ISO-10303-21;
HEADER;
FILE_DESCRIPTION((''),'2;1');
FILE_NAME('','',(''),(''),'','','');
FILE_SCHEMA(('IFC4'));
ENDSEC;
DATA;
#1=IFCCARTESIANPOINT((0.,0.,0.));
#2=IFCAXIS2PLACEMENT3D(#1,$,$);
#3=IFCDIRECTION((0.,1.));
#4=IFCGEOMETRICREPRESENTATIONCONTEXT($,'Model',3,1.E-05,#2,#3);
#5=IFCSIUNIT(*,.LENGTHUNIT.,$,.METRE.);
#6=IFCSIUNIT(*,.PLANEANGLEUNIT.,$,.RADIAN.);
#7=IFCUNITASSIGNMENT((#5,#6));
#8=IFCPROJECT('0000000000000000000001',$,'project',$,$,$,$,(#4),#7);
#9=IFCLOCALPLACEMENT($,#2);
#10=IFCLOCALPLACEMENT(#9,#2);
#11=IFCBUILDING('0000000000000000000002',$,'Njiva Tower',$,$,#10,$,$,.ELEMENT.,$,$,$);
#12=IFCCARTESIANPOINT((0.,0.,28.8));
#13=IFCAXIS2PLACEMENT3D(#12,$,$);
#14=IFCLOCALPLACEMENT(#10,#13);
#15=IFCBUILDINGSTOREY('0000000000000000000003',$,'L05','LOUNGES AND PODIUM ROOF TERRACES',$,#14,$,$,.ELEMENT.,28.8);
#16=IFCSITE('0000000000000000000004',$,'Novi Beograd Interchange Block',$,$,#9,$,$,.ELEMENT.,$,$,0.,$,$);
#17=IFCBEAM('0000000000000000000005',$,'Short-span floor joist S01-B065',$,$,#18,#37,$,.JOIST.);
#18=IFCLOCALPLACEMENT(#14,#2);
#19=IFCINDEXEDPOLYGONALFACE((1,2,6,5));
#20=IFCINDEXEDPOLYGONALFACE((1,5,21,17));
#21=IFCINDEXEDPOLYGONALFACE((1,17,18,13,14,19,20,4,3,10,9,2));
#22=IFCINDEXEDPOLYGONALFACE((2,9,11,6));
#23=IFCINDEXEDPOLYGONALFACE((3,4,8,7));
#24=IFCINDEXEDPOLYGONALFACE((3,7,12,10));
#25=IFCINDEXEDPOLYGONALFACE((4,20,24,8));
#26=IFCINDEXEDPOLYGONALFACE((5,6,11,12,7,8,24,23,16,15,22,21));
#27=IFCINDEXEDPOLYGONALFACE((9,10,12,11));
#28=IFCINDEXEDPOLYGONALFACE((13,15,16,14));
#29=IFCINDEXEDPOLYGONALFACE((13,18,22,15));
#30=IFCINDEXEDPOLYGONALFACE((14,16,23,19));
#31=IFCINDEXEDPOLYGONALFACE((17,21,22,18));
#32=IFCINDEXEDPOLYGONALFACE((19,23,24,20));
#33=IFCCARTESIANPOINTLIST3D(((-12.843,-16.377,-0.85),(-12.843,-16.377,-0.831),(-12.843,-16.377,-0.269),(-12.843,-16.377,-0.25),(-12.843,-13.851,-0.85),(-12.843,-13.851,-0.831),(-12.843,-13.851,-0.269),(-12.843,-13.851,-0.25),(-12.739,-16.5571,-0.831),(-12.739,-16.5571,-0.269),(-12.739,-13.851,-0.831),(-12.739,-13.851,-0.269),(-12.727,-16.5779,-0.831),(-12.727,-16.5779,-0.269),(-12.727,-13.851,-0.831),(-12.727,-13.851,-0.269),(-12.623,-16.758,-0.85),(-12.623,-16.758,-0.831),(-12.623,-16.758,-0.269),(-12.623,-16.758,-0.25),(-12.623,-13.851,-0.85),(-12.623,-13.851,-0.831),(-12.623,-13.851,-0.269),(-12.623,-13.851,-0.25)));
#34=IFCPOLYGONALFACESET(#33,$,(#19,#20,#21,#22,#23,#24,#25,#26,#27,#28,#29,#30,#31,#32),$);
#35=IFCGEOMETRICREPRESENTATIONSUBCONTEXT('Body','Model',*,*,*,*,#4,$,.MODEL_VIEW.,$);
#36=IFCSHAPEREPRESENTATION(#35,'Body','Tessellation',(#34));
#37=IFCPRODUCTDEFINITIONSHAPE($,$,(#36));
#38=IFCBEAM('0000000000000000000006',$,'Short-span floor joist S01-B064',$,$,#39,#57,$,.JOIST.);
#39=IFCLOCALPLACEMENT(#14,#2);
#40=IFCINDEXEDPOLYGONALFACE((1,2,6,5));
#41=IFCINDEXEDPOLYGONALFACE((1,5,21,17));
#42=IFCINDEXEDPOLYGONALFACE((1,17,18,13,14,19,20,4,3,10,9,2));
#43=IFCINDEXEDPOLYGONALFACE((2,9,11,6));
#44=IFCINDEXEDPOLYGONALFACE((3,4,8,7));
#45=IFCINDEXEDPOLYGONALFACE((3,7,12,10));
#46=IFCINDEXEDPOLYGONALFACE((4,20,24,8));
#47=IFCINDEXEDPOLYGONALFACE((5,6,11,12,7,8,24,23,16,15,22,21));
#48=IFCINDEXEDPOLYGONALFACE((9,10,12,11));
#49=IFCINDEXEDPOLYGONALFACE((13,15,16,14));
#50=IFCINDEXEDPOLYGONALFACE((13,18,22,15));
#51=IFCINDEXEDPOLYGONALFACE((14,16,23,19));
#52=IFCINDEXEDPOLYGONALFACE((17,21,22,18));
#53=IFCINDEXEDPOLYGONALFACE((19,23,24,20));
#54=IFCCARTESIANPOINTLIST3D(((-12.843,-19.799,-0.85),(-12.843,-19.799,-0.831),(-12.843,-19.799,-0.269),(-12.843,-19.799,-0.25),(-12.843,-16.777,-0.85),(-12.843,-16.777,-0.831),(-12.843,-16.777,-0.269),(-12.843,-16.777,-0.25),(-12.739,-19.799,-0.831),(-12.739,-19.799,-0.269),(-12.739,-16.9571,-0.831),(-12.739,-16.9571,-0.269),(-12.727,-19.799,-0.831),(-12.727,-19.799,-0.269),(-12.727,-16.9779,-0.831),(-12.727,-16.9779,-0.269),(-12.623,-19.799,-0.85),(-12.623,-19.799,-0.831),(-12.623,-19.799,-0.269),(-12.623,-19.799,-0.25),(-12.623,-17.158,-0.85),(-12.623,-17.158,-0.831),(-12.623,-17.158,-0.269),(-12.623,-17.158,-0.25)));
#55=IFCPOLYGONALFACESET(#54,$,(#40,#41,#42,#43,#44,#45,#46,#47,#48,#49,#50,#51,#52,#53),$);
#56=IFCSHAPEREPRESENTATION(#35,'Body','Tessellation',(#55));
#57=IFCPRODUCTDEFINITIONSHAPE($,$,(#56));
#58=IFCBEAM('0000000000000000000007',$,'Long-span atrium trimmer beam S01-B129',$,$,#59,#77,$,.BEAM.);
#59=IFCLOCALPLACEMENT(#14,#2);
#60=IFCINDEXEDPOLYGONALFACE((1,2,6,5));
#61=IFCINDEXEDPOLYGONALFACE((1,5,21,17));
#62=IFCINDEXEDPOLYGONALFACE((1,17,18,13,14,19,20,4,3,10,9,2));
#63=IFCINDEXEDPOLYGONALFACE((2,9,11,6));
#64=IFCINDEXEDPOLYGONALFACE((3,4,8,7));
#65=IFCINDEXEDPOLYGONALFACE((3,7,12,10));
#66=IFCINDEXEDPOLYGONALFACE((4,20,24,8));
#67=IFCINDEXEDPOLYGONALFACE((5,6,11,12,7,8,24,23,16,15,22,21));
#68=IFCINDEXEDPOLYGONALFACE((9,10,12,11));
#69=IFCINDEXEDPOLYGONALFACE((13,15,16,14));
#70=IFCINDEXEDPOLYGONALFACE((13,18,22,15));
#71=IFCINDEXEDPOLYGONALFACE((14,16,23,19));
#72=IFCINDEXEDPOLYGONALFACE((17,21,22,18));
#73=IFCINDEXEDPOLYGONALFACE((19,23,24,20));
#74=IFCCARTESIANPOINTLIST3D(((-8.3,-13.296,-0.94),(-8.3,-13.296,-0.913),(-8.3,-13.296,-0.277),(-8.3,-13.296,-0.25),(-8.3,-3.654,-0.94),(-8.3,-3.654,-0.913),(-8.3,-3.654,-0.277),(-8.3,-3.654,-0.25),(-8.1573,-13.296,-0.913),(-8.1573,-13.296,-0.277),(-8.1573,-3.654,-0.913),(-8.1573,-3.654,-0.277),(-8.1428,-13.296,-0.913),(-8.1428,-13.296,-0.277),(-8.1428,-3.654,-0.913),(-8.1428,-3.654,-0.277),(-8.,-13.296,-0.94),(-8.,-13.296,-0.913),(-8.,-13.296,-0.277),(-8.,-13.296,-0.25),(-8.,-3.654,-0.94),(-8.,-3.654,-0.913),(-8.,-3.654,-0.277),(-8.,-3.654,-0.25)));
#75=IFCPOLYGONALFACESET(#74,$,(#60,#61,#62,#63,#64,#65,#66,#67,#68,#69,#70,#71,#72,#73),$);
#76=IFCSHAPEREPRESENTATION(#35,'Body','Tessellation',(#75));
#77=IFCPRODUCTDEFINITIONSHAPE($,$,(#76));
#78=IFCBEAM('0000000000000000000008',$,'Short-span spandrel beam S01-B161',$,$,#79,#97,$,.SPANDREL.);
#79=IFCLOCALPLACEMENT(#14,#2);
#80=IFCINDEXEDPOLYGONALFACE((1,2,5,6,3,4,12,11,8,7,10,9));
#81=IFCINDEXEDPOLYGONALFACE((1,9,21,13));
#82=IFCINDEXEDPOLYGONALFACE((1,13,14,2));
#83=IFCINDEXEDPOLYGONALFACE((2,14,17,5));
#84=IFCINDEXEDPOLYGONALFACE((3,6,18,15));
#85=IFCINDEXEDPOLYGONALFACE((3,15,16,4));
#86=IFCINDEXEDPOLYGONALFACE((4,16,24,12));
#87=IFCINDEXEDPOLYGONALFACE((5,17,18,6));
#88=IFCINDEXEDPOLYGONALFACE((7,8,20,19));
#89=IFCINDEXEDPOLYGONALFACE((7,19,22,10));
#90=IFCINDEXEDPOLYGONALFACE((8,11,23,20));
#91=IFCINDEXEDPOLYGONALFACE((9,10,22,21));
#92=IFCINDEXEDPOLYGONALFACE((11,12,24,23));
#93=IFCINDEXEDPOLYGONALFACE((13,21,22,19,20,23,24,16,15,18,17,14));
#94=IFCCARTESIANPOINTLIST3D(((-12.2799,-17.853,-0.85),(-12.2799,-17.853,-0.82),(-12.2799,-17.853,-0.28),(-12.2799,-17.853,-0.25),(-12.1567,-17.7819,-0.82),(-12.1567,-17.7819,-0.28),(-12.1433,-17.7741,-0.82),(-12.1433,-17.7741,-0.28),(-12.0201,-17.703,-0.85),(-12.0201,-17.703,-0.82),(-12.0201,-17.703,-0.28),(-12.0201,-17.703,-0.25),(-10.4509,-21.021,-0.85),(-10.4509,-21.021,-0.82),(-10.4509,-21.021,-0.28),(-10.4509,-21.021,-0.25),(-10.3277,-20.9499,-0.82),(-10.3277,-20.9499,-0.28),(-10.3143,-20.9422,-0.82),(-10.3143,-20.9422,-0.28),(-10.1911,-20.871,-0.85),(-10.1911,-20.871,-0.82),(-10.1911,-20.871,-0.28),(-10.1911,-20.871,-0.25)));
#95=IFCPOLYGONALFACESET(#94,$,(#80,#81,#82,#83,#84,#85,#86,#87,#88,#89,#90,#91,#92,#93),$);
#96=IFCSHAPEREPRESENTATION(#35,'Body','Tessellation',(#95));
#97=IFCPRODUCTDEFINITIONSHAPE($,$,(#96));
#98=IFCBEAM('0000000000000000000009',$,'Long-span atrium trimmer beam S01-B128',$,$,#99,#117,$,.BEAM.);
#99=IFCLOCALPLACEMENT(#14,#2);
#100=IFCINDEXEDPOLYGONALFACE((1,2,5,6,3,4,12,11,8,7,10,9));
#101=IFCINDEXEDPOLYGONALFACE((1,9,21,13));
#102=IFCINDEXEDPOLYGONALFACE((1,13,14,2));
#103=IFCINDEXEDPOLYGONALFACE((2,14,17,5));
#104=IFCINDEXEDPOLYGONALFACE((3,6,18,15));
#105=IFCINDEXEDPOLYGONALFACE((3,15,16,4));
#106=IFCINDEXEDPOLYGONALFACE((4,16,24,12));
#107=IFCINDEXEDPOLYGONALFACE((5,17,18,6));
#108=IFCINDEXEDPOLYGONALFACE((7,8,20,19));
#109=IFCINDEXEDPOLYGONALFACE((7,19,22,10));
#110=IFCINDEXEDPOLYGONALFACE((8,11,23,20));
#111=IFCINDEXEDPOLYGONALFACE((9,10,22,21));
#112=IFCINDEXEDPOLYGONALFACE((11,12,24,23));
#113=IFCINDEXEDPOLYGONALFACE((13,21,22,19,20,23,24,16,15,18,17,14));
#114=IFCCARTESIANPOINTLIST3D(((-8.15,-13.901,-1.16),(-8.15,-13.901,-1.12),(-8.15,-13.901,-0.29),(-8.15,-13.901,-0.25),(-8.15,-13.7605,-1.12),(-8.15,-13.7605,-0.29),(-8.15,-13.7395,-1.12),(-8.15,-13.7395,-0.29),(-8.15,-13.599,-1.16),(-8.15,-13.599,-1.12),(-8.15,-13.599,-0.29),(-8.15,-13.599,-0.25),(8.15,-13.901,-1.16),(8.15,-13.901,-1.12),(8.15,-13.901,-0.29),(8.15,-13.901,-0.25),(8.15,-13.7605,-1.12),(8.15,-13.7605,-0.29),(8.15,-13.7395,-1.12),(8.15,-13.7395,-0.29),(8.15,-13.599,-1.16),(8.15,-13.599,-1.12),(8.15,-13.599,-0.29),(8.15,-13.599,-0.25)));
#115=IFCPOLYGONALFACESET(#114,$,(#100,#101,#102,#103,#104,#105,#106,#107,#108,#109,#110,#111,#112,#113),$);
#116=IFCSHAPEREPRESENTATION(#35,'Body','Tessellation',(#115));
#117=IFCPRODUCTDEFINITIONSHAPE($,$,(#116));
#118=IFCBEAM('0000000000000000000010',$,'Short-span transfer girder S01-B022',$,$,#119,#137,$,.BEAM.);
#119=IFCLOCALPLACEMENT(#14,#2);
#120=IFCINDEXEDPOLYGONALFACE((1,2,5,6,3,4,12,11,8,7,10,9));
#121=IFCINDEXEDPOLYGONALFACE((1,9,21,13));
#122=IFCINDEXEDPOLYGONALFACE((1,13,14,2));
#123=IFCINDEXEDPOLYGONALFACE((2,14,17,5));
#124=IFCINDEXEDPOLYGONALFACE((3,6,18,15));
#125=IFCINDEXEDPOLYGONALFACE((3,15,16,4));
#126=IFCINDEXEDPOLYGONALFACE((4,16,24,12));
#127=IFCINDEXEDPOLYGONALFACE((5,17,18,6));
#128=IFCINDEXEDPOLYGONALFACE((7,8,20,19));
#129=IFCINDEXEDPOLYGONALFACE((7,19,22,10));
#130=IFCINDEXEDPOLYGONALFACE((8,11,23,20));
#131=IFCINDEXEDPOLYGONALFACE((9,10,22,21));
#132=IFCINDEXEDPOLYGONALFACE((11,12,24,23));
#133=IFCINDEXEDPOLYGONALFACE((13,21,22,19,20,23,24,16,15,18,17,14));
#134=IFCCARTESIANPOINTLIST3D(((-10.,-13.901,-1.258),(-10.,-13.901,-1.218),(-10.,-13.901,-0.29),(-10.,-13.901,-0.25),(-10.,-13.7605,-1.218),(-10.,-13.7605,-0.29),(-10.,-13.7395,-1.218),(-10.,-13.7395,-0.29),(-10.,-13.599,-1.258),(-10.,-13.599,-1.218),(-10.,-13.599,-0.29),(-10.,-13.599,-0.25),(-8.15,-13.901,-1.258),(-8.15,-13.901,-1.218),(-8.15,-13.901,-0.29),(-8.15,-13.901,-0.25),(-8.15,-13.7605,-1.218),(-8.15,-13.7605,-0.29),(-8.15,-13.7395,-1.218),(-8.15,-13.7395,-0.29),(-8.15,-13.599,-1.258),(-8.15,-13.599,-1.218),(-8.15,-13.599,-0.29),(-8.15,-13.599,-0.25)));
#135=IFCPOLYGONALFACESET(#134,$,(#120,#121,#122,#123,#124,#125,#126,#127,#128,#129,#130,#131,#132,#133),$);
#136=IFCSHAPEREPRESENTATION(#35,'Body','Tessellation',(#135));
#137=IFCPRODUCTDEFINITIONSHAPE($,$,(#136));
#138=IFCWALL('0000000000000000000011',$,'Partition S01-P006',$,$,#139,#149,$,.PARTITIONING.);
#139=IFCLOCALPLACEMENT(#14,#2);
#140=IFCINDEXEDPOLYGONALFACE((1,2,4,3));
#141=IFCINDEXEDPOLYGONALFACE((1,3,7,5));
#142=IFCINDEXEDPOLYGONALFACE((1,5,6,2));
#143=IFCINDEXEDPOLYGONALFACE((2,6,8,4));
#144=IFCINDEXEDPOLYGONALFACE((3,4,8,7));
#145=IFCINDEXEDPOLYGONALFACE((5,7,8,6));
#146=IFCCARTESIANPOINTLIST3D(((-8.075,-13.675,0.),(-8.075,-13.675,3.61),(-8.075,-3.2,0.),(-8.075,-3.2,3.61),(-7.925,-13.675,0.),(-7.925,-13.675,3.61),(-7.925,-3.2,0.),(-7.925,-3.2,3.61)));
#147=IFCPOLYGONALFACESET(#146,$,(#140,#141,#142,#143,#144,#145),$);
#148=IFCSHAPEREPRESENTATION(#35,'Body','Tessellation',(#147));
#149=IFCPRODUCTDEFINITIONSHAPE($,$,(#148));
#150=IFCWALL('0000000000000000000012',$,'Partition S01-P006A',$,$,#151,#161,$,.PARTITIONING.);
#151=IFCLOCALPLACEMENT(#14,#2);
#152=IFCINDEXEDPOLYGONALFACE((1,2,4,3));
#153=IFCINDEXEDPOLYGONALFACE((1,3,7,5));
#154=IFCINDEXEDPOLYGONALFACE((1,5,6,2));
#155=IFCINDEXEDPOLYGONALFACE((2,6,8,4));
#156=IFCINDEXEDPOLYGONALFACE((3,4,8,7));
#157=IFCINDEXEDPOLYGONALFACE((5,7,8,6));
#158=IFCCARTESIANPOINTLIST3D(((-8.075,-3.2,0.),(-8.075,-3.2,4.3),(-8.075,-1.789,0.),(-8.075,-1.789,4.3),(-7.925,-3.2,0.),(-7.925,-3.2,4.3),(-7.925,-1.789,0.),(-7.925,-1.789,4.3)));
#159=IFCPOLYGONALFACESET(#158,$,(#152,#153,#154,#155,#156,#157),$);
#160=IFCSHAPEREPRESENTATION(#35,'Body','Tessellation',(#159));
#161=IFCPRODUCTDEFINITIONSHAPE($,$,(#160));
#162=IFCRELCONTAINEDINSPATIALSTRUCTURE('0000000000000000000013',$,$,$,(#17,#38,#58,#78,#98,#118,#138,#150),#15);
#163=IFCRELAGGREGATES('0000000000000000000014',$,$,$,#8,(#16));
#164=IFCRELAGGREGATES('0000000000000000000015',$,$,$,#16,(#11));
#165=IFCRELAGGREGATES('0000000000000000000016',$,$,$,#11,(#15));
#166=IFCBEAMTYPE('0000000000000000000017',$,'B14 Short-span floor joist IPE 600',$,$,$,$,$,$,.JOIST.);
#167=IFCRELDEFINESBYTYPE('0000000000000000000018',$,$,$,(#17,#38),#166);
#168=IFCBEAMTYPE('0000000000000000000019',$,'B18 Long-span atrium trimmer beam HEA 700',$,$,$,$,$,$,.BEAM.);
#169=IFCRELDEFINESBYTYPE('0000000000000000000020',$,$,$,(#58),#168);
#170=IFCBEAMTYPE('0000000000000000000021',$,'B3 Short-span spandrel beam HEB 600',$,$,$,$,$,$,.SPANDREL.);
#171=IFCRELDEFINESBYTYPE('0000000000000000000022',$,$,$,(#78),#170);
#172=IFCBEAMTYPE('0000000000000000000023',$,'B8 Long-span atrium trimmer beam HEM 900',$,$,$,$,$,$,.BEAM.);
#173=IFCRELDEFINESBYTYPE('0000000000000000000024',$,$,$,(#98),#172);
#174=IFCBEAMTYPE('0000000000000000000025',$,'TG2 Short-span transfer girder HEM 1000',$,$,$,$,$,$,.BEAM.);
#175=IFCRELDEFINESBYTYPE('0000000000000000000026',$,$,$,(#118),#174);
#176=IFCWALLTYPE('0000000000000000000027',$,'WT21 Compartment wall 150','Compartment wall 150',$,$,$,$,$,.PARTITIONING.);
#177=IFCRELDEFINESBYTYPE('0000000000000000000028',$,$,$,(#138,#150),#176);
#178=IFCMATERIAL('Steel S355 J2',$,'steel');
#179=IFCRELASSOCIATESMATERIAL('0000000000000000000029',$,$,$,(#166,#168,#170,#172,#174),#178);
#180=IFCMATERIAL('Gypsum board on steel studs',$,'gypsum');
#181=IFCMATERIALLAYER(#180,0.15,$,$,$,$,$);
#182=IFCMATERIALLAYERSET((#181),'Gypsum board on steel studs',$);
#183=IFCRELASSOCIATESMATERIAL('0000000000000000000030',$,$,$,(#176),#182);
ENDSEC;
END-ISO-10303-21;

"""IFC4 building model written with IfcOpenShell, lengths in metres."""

from ifc_helpers import new_model, si_unit, direction, frame, frame_2d, origin, origin_2d, place, context, subcontext, project, spatial, rectangle, i_section, extrude, clip, halfspace, material, layer, layer_set, material_profile, profile_set, type_object, element, save


model = new_model("IFC4")

# Units and contexts
model_context = context("Model", 3, precision=1e-05, world=origin(), true_north=direction((0.0, 1.0)))
body_context = subcontext(model_context, "Body", "Model", "MODEL_VIEW")
ifc_project = project(units=[si_unit("LENGTHUNIT", "METRE"), si_unit("PLANEANGLEUNIT", "RADIAN")], contexts=[model_context])

# Site, building, storey
site_placement = place(None, origin())
site = spatial("IfcSite", under=ifc_project, at=site_placement, Name="Novi Beograd Interchange Block", CompositionType="ELEMENT", RefElevation=0.0)
building_placement = place(site_placement, origin())
building = spatial("IfcBuilding", under=site, at=building_placement, Name="Njiva Tower", CompositionType="ELEMENT")
storey_placement = place(building_placement, frame((0.0, 0.0, 28.8)))
storey = spatial("IfcBuildingStorey", under=building, at=storey_placement, Name="L05", Description="LOUNGES AND PODIUM ROOF TERRACES", CompositionType="ELEMENT", Elevation=28.8)

# Shared definitions
ifc_material_1 = material(Name="Steel S355 J2", Category="steel")

# Beams
ifc_material_profile_1 = material_profile(ifc_material_1, i_section(OverallWidth=0.22, OverallDepth=0.6, WebThickness=0.012, FlangeThickness=0.019, at=origin_2d()), Name="IPE 600")
ifc_profile_set_1 = profile_set([ifc_material_profile_1], Name="Steel S355 J2")
beam_type_1 = type_object("IfcBeamType", Name="B14 Short-span floor joist IPE 600", PredefinedType="JOIST", material=ifc_profile_set_1)
beam_1_placement = place(storey_placement, frame((-12.733, -13.851, -0.55), z_axis=(0.0, -1.0, 0.0), x_axis=(1.0, 0.0, 0.0)))
element("IfcBeam", 1, at=beam_1_placement, inside=storey, type_object=beam_type_1, Name="Short-span floor joist S01-B065", PredefinedType="JOIST", context=body_context, shape_type="Clipping", body=[
    clip(extrude(i_section(OverallWidth=0.22, OverallDepth=0.6, WebThickness=0.012, FlangeThickness=0.019, at=origin_2d()), origin(), (0.0, 0.0, 1.0), 2.927), halfspace(frame((-0.0436, 0.0, 2.641), z_axis=(-0.866027, 0.0, 0.499998), x_axis=(0.0, 1.0, 0.0)), False)),
])
beam_2_placement = place(storey_placement, frame((-12.733, -16.756, -0.55), z_axis=(0.0, -1.0, 0.0), x_axis=(1.0, 0.0, 0.0)))
element("IfcBeam", 2, at=beam_2_placement, inside=storey, type_object=beam_type_1, Name="Short-span floor joist S01-B064", PredefinedType="JOIST", context=body_context, shape_type="Clipping", body=[
    clip(extrude(i_section(OverallWidth=0.22, OverallDepth=0.6, WebThickness=0.012, FlangeThickness=0.019, at=origin_2d()), origin(), (0.0, 0.0, 1.0), 3.043), halfspace(frame((0.043, 0.0, 0.286), z_axis=(0.866027, 0.0, -0.499998), x_axis=(0.0, -1.0, 0.0)), False)),
])
ifc_material_profile_2 = material_profile(ifc_material_1, i_section(OverallWidth=0.3, OverallDepth=0.69, WebThickness=0.0145, FlangeThickness=0.027, at=origin_2d()), Name="HEA 700")
ifc_profile_set_2 = profile_set([ifc_material_profile_2], Name="Steel S355 J2")
beam_type_2 = type_object("IfcBeamType", Name="B18 Long-span atrium trimmer beam HEA 700", PredefinedType="BEAM", material=ifc_profile_set_2)
beam_3_placement = place(storey_placement, frame((-8.15, -3.654, -0.595), z_axis=(0.0, -1.0, 0.0), x_axis=(1.0, 0.0, 0.0)))
element("IfcBeam", 3, at=beam_3_placement, inside=storey, type_object=beam_type_2, Name="Long-span atrium trimmer beam S01-B129", PredefinedType="BEAM", context=body_context, shape_type="SweptSolid", body=[
    extrude(i_section(OverallWidth=0.3, OverallDepth=0.69, WebThickness=0.0145, FlangeThickness=0.027, at=origin_2d()), origin(), (0.0, 0.0, 1.0), 9.642),
])
ifc_material_profile_3 = material_profile(ifc_material_1, i_section(OverallWidth=0.3, OverallDepth=0.6, WebThickness=0.0155, FlangeThickness=0.03, at=origin_2d()), Name="HEB 600")
ifc_profile_set_3 = profile_set([ifc_material_profile_3], Name="Steel S355 J2")
beam_type_3 = type_object("IfcBeamType", Name="B3 Short-span spandrel beam HEB 600", PredefinedType="SPANDREL", material=ifc_profile_set_3)
beam_4_placement = place(storey_placement, frame((-12.15, -17.778, -0.55), z_axis=(0.499991, -0.866031, 0.0), x_axis=(0.866031, 0.499991, 0.0)))
element("IfcBeam", 4, at=beam_4_placement, inside=storey, type_object=beam_type_3, Name="Short-span spandrel beam S01-B161", PredefinedType="SPANDREL", context=body_context, shape_type="SweptSolid", body=[
    extrude(i_section(OverallWidth=0.3, OverallDepth=0.6, WebThickness=0.0155, FlangeThickness=0.03, at=origin_2d()), origin(), (0.0, 0.0, 1.0), 3.6581),
])
ifc_material_profile_4 = material_profile(ifc_material_1, i_section(OverallWidth=0.302, OverallDepth=0.91, WebThickness=0.021, FlangeThickness=0.04, at=origin_2d()), Name="HEM 900")
ifc_profile_set_4 = profile_set([ifc_material_profile_4], Name="Steel S355 J2")
beam_type_4 = type_object("IfcBeamType", Name="B8 Long-span atrium trimmer beam HEM 900", PredefinedType="BEAM", material=ifc_profile_set_4)
beam_5_placement = place(storey_placement, frame((-8.15, -13.75, -0.705), z_axis=(1.0, 0.0, 0.0), x_axis=(0.0, 1.0, 0.0)))
element("IfcBeam", 5, at=beam_5_placement, inside=storey, type_object=beam_type_4, Name="Long-span atrium trimmer beam S01-B128", PredefinedType="BEAM", context=body_context, shape_type="SweptSolid", body=[
    extrude(i_section(OverallWidth=0.302, OverallDepth=0.91, WebThickness=0.021, FlangeThickness=0.04, at=origin_2d()), origin(), (0.0, 0.0, 1.0), 16.3),
])
ifc_material_profile_5 = material_profile(ifc_material_1, i_section(OverallWidth=0.302, OverallDepth=1.008, WebThickness=0.021, FlangeThickness=0.04, at=origin_2d()), Name="HEM 1000")
ifc_profile_set_5 = profile_set([ifc_material_profile_5], Name="Steel S355 J2")
beam_type_5 = type_object("IfcBeamType", Name="TG2 Short-span transfer girder HEM 1000", PredefinedType="BEAM", material=ifc_profile_set_5)
beam_6_placement = place(storey_placement, frame((-10.0, -13.75, -0.754), z_axis=(1.0, 0.0, 0.0), x_axis=(0.0, 1.0, 0.0)))
element("IfcBeam", 6, at=beam_6_placement, inside=storey, type_object=beam_type_5, Name="Short-span transfer girder S01-B022", PredefinedType="BEAM", context=body_context, shape_type="SweptSolid", body=[
    extrude(i_section(OverallWidth=0.302, OverallDepth=1.008, WebThickness=0.021, FlangeThickness=0.04, at=origin_2d()), origin(), (0.0, 0.0, 1.0), 1.85),
])

# Walls
ifc_material_2 = material(Name="Gypsum board on steel studs", Category="gypsum")
ifc_layer_1 = layer(ifc_material_2, 0.15)
ifc_layer_set_1 = layer_set([ifc_layer_1], Name="Gypsum board on steel studs")
wall_type_1 = type_object("IfcWallType", Name="WT21 Compartment wall 150", Description="Compartment wall 150", PredefinedType="PARTITIONING", material=ifc_layer_set_1)
wall_1_placement = place(storey_placement, frame((-8.0, -13.675, 0.0), z_axis=(0.0, 0.0, 1.0), x_axis=(0.0, 1.0, 0.0)))
element("IfcWall", 7, at=wall_1_placement, inside=storey, type_object=wall_type_1, Name="Partition S01-P006", PredefinedType="PARTITIONING", context=body_context, shape_type="SweptSolid", body=[
    extrude(rectangle(XDim=10.475, YDim=0.15, at=frame_2d((5.2375, 0.0))), origin(), (0.0, 0.0, 1.0), 3.61),
])
wall_2_placement = place(storey_placement, frame((-8.0, -3.2, 0.0), z_axis=(0.0, 0.0, 1.0), x_axis=(0.0, 1.0, 0.0)))
element("IfcWall", 8, at=wall_2_placement, inside=storey, type_object=wall_type_1, Name="Partition S01-P006A", PredefinedType="PARTITIONING", context=body_context, shape_type="SweptSolid", body=[
    extrude(rectangle(XDim=1.411, YDim=0.15, at=frame_2d((0.7055, 0.0))), origin(), (0.0, 0.0, 1.0), 4.3),
])

save(model, "model.ifc")
